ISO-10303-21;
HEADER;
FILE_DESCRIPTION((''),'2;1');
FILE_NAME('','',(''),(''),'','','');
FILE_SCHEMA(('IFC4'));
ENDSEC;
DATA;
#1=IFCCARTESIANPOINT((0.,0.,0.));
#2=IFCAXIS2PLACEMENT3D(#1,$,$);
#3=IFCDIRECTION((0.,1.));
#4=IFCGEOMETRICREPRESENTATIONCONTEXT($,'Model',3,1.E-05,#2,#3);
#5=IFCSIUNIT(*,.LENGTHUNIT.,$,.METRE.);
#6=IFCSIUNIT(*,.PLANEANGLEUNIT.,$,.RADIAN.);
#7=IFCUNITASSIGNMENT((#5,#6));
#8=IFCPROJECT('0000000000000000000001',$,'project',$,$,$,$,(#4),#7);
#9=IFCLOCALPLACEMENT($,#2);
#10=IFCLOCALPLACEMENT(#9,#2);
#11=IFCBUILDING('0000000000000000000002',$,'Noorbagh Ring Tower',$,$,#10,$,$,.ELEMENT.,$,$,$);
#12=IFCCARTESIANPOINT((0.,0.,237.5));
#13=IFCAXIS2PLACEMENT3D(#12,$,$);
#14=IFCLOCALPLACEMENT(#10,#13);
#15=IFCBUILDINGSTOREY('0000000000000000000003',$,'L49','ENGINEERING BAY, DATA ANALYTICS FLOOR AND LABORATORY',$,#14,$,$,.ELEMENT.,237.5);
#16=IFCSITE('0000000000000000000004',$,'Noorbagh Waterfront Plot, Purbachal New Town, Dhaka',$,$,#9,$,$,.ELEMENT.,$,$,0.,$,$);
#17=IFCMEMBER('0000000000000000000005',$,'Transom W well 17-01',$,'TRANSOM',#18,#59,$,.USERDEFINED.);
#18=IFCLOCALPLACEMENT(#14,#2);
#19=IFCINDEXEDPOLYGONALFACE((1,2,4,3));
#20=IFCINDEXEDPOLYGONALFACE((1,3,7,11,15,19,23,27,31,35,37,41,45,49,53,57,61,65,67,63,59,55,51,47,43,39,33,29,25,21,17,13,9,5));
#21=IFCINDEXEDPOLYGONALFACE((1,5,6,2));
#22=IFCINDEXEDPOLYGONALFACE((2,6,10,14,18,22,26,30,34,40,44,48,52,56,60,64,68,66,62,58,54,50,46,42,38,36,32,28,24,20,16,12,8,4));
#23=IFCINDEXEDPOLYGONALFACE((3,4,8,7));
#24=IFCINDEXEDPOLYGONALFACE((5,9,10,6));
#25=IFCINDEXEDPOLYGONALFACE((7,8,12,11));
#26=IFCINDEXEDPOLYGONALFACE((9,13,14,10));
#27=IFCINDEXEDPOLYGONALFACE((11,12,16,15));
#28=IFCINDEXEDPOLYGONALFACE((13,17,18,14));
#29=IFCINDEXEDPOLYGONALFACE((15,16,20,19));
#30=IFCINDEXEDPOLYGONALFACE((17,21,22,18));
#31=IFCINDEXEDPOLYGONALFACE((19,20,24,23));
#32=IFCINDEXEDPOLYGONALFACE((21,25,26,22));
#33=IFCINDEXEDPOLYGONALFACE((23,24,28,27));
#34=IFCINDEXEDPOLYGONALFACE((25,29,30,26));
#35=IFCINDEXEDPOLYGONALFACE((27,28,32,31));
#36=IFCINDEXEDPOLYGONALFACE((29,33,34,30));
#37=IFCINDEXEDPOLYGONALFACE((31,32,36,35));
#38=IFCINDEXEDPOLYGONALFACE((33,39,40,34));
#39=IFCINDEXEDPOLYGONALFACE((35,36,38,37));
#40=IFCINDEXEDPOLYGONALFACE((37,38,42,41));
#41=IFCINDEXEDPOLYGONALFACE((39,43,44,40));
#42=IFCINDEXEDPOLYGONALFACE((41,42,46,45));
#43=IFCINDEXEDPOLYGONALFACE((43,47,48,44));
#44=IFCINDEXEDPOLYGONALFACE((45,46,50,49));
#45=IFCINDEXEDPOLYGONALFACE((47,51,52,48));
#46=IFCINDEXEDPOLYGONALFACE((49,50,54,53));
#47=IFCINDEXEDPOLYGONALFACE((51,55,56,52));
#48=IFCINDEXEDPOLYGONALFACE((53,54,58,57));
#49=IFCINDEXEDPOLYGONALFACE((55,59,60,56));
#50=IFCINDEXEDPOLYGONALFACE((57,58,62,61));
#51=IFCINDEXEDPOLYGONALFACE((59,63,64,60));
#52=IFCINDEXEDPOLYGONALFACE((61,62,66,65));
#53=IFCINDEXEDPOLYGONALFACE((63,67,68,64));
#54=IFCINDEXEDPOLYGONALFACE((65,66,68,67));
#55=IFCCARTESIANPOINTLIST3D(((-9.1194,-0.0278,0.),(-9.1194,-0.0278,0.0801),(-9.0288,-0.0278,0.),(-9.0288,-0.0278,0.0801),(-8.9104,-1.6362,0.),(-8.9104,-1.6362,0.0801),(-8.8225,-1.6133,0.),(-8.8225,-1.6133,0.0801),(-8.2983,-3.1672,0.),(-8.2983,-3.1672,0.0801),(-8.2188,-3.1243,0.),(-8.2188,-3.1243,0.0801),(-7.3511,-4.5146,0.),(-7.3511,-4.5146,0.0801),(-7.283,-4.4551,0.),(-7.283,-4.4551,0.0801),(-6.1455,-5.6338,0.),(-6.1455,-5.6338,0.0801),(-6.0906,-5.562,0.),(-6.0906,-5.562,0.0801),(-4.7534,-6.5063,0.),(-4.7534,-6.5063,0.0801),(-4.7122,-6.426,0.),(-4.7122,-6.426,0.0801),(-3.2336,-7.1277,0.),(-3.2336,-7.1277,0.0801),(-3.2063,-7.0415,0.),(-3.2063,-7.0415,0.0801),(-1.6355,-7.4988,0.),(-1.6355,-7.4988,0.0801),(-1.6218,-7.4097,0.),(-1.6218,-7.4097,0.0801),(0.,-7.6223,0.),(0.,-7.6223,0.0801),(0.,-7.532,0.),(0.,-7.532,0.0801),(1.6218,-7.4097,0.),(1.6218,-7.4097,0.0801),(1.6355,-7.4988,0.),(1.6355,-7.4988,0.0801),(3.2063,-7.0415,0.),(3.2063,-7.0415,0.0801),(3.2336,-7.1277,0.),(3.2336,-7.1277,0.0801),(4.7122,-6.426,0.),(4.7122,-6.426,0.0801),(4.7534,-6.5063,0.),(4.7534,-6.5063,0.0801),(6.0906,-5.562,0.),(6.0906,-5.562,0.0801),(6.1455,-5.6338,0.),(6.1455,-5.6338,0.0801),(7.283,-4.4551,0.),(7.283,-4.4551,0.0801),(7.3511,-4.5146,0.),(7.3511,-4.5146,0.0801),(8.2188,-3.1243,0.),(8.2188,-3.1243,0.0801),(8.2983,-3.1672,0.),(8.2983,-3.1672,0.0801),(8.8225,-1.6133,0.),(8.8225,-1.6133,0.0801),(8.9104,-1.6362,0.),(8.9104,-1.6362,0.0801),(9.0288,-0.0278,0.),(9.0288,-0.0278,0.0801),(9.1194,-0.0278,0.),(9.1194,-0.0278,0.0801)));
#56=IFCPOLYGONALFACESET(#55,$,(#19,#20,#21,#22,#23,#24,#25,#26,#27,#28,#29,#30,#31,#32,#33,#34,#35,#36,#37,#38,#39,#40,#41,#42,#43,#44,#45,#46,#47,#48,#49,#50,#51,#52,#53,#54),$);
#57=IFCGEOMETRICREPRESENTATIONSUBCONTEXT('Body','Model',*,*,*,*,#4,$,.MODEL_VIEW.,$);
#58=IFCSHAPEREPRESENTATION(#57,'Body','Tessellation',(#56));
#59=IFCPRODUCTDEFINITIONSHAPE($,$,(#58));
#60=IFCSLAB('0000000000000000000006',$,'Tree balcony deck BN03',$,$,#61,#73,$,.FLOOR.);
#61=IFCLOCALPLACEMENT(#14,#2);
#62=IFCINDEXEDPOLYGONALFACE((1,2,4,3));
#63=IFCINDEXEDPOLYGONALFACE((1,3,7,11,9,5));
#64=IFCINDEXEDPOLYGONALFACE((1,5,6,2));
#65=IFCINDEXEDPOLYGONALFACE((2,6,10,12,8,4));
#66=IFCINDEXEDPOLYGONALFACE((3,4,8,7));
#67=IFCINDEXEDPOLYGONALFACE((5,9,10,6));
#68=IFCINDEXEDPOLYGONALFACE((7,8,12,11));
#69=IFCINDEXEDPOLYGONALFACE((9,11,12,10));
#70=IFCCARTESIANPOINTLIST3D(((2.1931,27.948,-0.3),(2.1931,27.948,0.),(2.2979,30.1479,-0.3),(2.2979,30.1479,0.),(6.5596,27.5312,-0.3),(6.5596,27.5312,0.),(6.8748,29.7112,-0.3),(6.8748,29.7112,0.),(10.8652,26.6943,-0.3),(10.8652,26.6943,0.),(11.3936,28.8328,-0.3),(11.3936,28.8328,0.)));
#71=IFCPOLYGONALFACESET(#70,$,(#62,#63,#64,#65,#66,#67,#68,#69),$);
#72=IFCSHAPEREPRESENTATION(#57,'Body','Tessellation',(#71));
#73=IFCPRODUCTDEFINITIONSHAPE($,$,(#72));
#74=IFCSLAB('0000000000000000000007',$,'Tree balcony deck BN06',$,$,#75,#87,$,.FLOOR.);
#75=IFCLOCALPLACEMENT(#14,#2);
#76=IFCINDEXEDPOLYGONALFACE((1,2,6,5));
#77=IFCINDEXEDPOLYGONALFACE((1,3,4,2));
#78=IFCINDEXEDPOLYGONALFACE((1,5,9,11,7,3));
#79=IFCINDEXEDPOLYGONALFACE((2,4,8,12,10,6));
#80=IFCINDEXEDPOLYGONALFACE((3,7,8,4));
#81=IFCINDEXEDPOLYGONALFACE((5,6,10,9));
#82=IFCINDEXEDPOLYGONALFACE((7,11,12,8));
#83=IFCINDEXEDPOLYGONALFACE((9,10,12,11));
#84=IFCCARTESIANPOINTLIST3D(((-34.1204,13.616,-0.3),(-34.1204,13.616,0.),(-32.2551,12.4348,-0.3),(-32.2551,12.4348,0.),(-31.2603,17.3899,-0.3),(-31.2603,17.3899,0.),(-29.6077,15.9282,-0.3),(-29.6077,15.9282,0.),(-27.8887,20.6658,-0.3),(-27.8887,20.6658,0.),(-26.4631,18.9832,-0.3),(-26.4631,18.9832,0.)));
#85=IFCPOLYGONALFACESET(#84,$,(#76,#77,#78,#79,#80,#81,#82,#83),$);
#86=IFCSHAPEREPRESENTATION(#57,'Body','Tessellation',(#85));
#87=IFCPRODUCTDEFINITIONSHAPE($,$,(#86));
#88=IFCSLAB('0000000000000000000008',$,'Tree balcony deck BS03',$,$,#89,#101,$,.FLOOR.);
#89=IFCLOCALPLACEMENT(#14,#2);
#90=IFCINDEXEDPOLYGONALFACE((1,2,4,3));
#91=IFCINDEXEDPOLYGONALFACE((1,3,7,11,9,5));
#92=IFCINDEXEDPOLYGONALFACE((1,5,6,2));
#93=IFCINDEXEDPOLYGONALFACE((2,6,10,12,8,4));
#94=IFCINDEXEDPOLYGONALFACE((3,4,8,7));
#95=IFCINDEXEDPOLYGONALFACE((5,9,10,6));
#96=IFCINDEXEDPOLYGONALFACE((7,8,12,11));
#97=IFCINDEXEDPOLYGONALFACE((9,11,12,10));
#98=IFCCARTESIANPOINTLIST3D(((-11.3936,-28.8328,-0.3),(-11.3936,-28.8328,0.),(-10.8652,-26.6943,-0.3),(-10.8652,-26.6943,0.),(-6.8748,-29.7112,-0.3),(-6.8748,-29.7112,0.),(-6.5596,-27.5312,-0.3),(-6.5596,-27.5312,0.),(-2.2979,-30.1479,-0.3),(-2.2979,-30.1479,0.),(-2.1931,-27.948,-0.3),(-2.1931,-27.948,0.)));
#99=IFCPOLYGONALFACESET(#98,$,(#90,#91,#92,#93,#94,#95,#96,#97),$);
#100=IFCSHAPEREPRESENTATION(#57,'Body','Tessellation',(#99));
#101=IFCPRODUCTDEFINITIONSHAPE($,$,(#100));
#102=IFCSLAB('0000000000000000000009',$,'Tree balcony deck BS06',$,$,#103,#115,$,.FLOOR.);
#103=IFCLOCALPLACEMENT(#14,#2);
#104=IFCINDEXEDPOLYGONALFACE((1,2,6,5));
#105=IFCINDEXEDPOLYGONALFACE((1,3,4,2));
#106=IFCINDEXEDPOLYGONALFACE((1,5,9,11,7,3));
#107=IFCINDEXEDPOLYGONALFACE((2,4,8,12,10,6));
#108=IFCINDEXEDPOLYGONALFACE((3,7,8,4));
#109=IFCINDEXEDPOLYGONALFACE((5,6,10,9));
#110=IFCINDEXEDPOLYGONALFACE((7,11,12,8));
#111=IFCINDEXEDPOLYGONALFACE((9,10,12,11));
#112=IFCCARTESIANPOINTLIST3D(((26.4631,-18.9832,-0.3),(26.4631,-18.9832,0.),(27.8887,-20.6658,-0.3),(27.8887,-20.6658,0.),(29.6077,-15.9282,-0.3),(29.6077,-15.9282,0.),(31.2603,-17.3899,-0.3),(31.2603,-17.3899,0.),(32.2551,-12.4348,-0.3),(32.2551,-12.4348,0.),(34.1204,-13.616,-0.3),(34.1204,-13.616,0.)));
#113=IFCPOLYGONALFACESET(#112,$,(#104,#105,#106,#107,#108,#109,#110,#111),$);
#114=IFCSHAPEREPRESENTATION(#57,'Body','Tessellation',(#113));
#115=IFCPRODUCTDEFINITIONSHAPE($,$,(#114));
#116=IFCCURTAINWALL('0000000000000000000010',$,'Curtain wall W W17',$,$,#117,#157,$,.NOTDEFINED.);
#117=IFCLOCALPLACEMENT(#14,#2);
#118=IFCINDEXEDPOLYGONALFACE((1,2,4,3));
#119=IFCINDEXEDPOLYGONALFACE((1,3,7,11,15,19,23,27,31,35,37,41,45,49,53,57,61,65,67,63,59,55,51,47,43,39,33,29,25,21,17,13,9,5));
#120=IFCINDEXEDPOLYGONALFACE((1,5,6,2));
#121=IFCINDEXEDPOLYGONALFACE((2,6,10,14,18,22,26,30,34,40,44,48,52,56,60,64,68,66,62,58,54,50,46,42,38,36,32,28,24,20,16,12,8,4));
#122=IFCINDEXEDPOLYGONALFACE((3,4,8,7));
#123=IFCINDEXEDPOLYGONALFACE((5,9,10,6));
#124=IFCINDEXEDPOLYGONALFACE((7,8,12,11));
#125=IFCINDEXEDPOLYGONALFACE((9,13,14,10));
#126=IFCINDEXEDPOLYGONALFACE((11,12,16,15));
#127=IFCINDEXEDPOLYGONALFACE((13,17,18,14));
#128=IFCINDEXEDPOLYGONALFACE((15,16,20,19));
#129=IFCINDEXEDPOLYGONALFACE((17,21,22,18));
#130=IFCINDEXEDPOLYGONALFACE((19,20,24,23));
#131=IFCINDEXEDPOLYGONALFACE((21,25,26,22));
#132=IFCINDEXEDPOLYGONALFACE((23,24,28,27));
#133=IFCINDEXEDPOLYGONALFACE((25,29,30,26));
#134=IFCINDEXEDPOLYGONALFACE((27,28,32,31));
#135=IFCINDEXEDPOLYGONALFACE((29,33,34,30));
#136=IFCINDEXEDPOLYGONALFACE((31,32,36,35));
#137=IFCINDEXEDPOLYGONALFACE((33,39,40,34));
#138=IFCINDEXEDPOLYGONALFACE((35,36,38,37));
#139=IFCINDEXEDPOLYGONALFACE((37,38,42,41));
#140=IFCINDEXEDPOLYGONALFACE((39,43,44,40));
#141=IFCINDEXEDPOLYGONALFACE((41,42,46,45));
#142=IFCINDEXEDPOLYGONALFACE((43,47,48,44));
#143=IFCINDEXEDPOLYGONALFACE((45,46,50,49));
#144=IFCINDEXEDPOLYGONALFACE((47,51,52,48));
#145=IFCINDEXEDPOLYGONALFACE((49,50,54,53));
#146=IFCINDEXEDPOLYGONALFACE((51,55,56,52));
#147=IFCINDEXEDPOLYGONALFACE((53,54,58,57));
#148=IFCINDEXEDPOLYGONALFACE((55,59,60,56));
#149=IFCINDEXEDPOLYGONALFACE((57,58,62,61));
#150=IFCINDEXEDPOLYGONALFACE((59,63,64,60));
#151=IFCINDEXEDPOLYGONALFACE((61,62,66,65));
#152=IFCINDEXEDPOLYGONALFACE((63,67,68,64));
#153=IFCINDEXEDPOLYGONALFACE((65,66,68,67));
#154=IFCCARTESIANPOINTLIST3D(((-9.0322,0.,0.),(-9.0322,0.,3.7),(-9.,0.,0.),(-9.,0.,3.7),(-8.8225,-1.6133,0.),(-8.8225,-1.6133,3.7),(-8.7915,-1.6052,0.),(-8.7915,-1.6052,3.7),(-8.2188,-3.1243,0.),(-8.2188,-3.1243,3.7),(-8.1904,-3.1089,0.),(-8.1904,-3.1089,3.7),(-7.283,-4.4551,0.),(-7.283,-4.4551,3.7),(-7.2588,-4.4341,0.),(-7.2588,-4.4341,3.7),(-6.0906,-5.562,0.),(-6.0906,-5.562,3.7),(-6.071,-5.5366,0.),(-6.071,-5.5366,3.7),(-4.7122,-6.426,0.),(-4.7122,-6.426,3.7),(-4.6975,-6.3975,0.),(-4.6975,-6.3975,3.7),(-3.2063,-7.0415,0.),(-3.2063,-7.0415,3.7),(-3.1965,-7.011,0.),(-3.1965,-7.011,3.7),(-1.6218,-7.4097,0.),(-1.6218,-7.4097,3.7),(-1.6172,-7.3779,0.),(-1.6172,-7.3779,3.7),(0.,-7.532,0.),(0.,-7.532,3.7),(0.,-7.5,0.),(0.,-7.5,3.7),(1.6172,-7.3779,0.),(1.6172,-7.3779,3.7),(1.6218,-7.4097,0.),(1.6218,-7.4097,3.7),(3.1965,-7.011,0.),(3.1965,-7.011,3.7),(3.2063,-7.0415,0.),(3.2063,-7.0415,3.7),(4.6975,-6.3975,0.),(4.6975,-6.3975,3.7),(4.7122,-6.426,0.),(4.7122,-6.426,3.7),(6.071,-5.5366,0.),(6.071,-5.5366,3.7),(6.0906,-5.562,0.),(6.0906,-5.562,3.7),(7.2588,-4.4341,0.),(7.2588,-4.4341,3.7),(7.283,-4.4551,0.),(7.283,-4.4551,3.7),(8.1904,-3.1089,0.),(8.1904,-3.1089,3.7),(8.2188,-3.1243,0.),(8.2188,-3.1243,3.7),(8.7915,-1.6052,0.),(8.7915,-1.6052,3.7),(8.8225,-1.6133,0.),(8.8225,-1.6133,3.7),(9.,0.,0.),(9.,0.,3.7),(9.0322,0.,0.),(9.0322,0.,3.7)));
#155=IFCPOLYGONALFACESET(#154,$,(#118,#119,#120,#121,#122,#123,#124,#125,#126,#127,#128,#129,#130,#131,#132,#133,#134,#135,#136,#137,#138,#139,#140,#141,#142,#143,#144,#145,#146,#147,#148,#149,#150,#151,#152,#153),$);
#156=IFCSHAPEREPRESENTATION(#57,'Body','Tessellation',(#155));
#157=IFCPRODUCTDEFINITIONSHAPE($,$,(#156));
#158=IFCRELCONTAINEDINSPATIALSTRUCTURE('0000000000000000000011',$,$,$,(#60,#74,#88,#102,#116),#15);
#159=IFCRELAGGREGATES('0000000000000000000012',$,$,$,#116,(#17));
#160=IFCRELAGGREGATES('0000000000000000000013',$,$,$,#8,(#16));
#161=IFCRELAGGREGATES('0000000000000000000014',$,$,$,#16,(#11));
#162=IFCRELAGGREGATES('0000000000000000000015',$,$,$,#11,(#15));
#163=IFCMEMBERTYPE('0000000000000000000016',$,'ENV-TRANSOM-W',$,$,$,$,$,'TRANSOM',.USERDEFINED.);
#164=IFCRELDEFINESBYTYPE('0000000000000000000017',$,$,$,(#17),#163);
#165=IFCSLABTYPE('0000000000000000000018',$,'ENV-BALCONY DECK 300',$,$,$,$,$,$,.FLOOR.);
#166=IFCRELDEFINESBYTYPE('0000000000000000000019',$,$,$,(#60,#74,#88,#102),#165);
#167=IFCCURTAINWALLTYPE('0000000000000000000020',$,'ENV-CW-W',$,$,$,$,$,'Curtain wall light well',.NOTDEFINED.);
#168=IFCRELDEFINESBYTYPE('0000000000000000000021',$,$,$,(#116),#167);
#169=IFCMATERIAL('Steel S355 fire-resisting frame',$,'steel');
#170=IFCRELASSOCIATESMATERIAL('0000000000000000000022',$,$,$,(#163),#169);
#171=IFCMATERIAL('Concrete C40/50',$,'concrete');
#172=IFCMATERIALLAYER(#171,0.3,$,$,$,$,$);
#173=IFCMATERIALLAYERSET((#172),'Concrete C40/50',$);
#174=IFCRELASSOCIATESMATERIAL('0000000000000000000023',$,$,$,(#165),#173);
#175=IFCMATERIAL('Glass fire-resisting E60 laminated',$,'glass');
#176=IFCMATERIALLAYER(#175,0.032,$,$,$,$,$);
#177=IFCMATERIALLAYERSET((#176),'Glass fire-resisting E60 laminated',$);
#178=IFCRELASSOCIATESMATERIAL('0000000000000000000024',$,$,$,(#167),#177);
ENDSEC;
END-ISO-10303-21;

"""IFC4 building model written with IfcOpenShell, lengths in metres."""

from ifc_helpers import new_model, si_unit, direction, frame, origin, place, context, subcontext, project, spatial, polyline, outline, extrude, material, layer, layer_set, type_object, element, aggregate, save


model = new_model("IFC4")

# Units and contexts
model_context = context("Model", 3, precision=1e-05, world=origin(), true_north=direction((0.0, 1.0)))
body_context = subcontext(model_context, "Body", "Model", "MODEL_VIEW")
ifc_project = project(units=[si_unit("LENGTHUNIT", "METRE"), si_unit("PLANEANGLEUNIT", "RADIAN")], contexts=[model_context])

# Site, building, storey
site_placement = place(None, origin())
site = spatial("IfcSite", under=ifc_project, at=site_placement, Name="Noorbagh Waterfront Plot, Purbachal New Town, Dhaka", CompositionType="ELEMENT", RefElevation=0.0)
building_placement = place(site_placement, origin())
building = spatial("IfcBuilding", under=site, at=building_placement, Name="Noorbagh Ring Tower", CompositionType="ELEMENT")
storey_placement = place(building_placement, frame((0.0, 0.0, 237.5)))
storey = spatial("IfcBuildingStorey", under=building, at=storey_placement, Name="L49", Description="ENGINEERING BAY, DATA ANALYTICS FLOOR AND LABORATORY", CompositionType="ELEMENT", Elevation=237.5)

# Member
ifc_material_1 = material(Name="Steel S355 fire-resisting frame", Category="steel")
member_type_1 = type_object("IfcMemberType", Name="ENV-TRANSOM-W", ElementType="TRANSOM", PredefinedType="USERDEFINED", material=ifc_material_1)
member_1_placement = place(storey_placement, origin())
member_1 = element("IfcMember", 1, at=member_1_placement, type_object=member_type_1, Name="Transom W well 17-01", ObjectType="TRANSOM", PredefinedType="USERDEFINED", context=body_context, shape_type="SweptSolid", body=[
    extrude(outline(polyline([(-9.1194, -0.0278), (-8.9104, -1.6362), (-8.2983, -3.1672), (-7.3511, -4.5146), (-6.1455, -5.6338), (-4.7534, -6.5063), (-3.2336, -7.1277), (-1.6355, -7.4988), (0.0, -7.6223), (1.6355, -7.4988), (3.2336, -7.1277), (4.7534, -6.5063), (6.1455, -5.6338), (7.3511, -4.5146), (8.2983, -3.1672), (8.9104, -1.6362), (9.1194, -0.0278), (9.0288, -0.0278), (8.8225, -1.6133), (8.2188, -3.1243), (7.283, -4.4551), (6.0906, -5.562), (4.7122, -6.426), (3.2063, -7.0415), (1.6218, -7.4097), (0.0, -7.532), (-1.6218, -7.4097), (-3.2063, -7.0415), (-4.7122, -6.426), (-6.0906, -5.562), (-7.283, -4.4551), (-8.2188, -3.1243), (-8.8225, -1.6133), (-9.0288, -0.0278), (-9.1194, -0.0278)])), origin(), (0.0, 0.0, 1.0), 0.0801),
])

# Slabs
ifc_material_2 = material(Name="Concrete C40/50", Category="concrete")
ifc_layer_1 = layer(ifc_material_2, 0.3)
ifc_layer_set_1 = layer_set([ifc_layer_1], Name="Concrete C40/50")
slab_type = type_object("IfcSlabType", Name="ENV-BALCONY DECK 300", PredefinedType="FLOOR", material=ifc_layer_set_1)
slab_1_placement = place(storey_placement, frame((0.0, 0.0, -0.3)))
element("IfcSlab", 2, at=slab_1_placement, inside=storey, type_object=slab_type, Name="Tree balcony deck BN03", PredefinedType="FLOOR", context=body_context, shape_type="SweptSolid", body=[
    extrude(outline(polyline([(11.3936, 28.8328), (6.8748, 29.7112), (2.2979, 30.1479), (2.1931, 27.948), (6.5596, 27.5312), (10.8652, 26.6943), (11.3936, 28.8328)])), origin(), (0.0, 0.0, 1.0), 0.3),
])
slab_2_placement = place(storey_placement, frame((0.0, 0.0, -0.3)))
element("IfcSlab", 3, at=slab_2_placement, inside=storey, type_object=slab_type, Name="Tree balcony deck BN06", PredefinedType="FLOOR", context=body_context, shape_type="SweptSolid", body=[
    extrude(outline(polyline([(-27.8887, 20.6658), (-31.2603, 17.3899), (-34.1204, 13.616), (-32.2551, 12.4348), (-29.6077, 15.9282), (-26.4631, 18.9832), (-27.8887, 20.6658)])), origin(), (0.0, 0.0, 1.0), 0.3),
])
slab_3_placement = place(storey_placement, frame((0.0, 0.0, -0.3)))
element("IfcSlab", 4, at=slab_3_placement, inside=storey, type_object=slab_type, Name="Tree balcony deck BS03", PredefinedType="FLOOR", context=body_context, shape_type="SweptSolid", body=[
    extrude(outline(polyline([(-11.3936, -28.8328), (-6.8748, -29.7112), (-2.2979, -30.1479), (-2.1931, -27.948), (-6.5596, -27.5312), (-10.8652, -26.6943), (-11.3936, -28.8328)])), origin(), (0.0, 0.0, 1.0), 0.3),
])
slab_4_placement = place(storey_placement, frame((0.0, 0.0, -0.3)))
element("IfcSlab", 5, at=slab_4_placement, inside=storey, type_object=slab_type, Name="Tree balcony deck BS06", PredefinedType="FLOOR", context=body_context, shape_type="SweptSolid", body=[
    extrude(outline(polyline([(27.8887, -20.6658), (31.2603, -17.3899), (34.1204, -13.616), (32.2551, -12.4348), (29.6077, -15.9282), (26.4631, -18.9832), (27.8887, -20.6658)])), origin(), (0.0, 0.0, 1.0), 0.3),
])

# Curtain wall
ifc_material_3 = material(Name="Glass fire-resisting E60 laminated", Category="glass")
ifc_layer_2 = layer(ifc_material_3, 0.032)
ifc_layer_set_2 = layer_set([ifc_layer_2], Name="Glass fire-resisting E60 laminated")
curtain_wall_type_1 = type_object("IfcCurtainWallType", Name="ENV-CW-W", ElementType="Curtain wall light well", PredefinedType="NOTDEFINED", material=ifc_layer_set_2)
curtain_wall_1_placement = place(storey_placement, origin())
curtain_wall_1 = element("IfcCurtainWall", 6, at=curtain_wall_1_placement, inside=storey, type_object=curtain_wall_type_1, Name="Curtain wall W W17", PredefinedType="NOTDEFINED", context=body_context, shape_type="SweptSolid", body=[
    extrude(outline(polyline([(-9.0322, 0.0), (-8.8225, -1.6133), (-8.2188, -3.1243), (-7.283, -4.4551), (-6.0906, -5.562), (-4.7122, -6.426), (-3.2063, -7.0415), (-1.6218, -7.4097), (0.0, -7.532), (1.6218, -7.4097), (3.2063, -7.0415), (4.7122, -6.426), (6.0906, -5.562), (7.283, -4.4551), (8.2188, -3.1243), (8.8225, -1.6133), (9.0322, 0.0), (9.0, 0.0), (8.7915, -1.6052), (8.1904, -3.1089), (7.2588, -4.4341), (6.071, -5.5366), (4.6975, -6.3975), (3.1965, -7.011), (1.6172, -7.3779), (0.0, -7.5), (-1.6172, -7.3779), (-3.1965, -7.011), (-4.6975, -6.3975), (-6.071, -5.5366), (-7.2588, -4.4341), (-8.1904, -3.1089), (-8.7915, -1.6052), (-9.0, 0.0), (-9.0322, 0.0)])), origin(), (0.0, 0.0, 1.0), 3.7),
])
aggregate(curtain_wall_1, [member_1])

save(model, "model.ifc")
